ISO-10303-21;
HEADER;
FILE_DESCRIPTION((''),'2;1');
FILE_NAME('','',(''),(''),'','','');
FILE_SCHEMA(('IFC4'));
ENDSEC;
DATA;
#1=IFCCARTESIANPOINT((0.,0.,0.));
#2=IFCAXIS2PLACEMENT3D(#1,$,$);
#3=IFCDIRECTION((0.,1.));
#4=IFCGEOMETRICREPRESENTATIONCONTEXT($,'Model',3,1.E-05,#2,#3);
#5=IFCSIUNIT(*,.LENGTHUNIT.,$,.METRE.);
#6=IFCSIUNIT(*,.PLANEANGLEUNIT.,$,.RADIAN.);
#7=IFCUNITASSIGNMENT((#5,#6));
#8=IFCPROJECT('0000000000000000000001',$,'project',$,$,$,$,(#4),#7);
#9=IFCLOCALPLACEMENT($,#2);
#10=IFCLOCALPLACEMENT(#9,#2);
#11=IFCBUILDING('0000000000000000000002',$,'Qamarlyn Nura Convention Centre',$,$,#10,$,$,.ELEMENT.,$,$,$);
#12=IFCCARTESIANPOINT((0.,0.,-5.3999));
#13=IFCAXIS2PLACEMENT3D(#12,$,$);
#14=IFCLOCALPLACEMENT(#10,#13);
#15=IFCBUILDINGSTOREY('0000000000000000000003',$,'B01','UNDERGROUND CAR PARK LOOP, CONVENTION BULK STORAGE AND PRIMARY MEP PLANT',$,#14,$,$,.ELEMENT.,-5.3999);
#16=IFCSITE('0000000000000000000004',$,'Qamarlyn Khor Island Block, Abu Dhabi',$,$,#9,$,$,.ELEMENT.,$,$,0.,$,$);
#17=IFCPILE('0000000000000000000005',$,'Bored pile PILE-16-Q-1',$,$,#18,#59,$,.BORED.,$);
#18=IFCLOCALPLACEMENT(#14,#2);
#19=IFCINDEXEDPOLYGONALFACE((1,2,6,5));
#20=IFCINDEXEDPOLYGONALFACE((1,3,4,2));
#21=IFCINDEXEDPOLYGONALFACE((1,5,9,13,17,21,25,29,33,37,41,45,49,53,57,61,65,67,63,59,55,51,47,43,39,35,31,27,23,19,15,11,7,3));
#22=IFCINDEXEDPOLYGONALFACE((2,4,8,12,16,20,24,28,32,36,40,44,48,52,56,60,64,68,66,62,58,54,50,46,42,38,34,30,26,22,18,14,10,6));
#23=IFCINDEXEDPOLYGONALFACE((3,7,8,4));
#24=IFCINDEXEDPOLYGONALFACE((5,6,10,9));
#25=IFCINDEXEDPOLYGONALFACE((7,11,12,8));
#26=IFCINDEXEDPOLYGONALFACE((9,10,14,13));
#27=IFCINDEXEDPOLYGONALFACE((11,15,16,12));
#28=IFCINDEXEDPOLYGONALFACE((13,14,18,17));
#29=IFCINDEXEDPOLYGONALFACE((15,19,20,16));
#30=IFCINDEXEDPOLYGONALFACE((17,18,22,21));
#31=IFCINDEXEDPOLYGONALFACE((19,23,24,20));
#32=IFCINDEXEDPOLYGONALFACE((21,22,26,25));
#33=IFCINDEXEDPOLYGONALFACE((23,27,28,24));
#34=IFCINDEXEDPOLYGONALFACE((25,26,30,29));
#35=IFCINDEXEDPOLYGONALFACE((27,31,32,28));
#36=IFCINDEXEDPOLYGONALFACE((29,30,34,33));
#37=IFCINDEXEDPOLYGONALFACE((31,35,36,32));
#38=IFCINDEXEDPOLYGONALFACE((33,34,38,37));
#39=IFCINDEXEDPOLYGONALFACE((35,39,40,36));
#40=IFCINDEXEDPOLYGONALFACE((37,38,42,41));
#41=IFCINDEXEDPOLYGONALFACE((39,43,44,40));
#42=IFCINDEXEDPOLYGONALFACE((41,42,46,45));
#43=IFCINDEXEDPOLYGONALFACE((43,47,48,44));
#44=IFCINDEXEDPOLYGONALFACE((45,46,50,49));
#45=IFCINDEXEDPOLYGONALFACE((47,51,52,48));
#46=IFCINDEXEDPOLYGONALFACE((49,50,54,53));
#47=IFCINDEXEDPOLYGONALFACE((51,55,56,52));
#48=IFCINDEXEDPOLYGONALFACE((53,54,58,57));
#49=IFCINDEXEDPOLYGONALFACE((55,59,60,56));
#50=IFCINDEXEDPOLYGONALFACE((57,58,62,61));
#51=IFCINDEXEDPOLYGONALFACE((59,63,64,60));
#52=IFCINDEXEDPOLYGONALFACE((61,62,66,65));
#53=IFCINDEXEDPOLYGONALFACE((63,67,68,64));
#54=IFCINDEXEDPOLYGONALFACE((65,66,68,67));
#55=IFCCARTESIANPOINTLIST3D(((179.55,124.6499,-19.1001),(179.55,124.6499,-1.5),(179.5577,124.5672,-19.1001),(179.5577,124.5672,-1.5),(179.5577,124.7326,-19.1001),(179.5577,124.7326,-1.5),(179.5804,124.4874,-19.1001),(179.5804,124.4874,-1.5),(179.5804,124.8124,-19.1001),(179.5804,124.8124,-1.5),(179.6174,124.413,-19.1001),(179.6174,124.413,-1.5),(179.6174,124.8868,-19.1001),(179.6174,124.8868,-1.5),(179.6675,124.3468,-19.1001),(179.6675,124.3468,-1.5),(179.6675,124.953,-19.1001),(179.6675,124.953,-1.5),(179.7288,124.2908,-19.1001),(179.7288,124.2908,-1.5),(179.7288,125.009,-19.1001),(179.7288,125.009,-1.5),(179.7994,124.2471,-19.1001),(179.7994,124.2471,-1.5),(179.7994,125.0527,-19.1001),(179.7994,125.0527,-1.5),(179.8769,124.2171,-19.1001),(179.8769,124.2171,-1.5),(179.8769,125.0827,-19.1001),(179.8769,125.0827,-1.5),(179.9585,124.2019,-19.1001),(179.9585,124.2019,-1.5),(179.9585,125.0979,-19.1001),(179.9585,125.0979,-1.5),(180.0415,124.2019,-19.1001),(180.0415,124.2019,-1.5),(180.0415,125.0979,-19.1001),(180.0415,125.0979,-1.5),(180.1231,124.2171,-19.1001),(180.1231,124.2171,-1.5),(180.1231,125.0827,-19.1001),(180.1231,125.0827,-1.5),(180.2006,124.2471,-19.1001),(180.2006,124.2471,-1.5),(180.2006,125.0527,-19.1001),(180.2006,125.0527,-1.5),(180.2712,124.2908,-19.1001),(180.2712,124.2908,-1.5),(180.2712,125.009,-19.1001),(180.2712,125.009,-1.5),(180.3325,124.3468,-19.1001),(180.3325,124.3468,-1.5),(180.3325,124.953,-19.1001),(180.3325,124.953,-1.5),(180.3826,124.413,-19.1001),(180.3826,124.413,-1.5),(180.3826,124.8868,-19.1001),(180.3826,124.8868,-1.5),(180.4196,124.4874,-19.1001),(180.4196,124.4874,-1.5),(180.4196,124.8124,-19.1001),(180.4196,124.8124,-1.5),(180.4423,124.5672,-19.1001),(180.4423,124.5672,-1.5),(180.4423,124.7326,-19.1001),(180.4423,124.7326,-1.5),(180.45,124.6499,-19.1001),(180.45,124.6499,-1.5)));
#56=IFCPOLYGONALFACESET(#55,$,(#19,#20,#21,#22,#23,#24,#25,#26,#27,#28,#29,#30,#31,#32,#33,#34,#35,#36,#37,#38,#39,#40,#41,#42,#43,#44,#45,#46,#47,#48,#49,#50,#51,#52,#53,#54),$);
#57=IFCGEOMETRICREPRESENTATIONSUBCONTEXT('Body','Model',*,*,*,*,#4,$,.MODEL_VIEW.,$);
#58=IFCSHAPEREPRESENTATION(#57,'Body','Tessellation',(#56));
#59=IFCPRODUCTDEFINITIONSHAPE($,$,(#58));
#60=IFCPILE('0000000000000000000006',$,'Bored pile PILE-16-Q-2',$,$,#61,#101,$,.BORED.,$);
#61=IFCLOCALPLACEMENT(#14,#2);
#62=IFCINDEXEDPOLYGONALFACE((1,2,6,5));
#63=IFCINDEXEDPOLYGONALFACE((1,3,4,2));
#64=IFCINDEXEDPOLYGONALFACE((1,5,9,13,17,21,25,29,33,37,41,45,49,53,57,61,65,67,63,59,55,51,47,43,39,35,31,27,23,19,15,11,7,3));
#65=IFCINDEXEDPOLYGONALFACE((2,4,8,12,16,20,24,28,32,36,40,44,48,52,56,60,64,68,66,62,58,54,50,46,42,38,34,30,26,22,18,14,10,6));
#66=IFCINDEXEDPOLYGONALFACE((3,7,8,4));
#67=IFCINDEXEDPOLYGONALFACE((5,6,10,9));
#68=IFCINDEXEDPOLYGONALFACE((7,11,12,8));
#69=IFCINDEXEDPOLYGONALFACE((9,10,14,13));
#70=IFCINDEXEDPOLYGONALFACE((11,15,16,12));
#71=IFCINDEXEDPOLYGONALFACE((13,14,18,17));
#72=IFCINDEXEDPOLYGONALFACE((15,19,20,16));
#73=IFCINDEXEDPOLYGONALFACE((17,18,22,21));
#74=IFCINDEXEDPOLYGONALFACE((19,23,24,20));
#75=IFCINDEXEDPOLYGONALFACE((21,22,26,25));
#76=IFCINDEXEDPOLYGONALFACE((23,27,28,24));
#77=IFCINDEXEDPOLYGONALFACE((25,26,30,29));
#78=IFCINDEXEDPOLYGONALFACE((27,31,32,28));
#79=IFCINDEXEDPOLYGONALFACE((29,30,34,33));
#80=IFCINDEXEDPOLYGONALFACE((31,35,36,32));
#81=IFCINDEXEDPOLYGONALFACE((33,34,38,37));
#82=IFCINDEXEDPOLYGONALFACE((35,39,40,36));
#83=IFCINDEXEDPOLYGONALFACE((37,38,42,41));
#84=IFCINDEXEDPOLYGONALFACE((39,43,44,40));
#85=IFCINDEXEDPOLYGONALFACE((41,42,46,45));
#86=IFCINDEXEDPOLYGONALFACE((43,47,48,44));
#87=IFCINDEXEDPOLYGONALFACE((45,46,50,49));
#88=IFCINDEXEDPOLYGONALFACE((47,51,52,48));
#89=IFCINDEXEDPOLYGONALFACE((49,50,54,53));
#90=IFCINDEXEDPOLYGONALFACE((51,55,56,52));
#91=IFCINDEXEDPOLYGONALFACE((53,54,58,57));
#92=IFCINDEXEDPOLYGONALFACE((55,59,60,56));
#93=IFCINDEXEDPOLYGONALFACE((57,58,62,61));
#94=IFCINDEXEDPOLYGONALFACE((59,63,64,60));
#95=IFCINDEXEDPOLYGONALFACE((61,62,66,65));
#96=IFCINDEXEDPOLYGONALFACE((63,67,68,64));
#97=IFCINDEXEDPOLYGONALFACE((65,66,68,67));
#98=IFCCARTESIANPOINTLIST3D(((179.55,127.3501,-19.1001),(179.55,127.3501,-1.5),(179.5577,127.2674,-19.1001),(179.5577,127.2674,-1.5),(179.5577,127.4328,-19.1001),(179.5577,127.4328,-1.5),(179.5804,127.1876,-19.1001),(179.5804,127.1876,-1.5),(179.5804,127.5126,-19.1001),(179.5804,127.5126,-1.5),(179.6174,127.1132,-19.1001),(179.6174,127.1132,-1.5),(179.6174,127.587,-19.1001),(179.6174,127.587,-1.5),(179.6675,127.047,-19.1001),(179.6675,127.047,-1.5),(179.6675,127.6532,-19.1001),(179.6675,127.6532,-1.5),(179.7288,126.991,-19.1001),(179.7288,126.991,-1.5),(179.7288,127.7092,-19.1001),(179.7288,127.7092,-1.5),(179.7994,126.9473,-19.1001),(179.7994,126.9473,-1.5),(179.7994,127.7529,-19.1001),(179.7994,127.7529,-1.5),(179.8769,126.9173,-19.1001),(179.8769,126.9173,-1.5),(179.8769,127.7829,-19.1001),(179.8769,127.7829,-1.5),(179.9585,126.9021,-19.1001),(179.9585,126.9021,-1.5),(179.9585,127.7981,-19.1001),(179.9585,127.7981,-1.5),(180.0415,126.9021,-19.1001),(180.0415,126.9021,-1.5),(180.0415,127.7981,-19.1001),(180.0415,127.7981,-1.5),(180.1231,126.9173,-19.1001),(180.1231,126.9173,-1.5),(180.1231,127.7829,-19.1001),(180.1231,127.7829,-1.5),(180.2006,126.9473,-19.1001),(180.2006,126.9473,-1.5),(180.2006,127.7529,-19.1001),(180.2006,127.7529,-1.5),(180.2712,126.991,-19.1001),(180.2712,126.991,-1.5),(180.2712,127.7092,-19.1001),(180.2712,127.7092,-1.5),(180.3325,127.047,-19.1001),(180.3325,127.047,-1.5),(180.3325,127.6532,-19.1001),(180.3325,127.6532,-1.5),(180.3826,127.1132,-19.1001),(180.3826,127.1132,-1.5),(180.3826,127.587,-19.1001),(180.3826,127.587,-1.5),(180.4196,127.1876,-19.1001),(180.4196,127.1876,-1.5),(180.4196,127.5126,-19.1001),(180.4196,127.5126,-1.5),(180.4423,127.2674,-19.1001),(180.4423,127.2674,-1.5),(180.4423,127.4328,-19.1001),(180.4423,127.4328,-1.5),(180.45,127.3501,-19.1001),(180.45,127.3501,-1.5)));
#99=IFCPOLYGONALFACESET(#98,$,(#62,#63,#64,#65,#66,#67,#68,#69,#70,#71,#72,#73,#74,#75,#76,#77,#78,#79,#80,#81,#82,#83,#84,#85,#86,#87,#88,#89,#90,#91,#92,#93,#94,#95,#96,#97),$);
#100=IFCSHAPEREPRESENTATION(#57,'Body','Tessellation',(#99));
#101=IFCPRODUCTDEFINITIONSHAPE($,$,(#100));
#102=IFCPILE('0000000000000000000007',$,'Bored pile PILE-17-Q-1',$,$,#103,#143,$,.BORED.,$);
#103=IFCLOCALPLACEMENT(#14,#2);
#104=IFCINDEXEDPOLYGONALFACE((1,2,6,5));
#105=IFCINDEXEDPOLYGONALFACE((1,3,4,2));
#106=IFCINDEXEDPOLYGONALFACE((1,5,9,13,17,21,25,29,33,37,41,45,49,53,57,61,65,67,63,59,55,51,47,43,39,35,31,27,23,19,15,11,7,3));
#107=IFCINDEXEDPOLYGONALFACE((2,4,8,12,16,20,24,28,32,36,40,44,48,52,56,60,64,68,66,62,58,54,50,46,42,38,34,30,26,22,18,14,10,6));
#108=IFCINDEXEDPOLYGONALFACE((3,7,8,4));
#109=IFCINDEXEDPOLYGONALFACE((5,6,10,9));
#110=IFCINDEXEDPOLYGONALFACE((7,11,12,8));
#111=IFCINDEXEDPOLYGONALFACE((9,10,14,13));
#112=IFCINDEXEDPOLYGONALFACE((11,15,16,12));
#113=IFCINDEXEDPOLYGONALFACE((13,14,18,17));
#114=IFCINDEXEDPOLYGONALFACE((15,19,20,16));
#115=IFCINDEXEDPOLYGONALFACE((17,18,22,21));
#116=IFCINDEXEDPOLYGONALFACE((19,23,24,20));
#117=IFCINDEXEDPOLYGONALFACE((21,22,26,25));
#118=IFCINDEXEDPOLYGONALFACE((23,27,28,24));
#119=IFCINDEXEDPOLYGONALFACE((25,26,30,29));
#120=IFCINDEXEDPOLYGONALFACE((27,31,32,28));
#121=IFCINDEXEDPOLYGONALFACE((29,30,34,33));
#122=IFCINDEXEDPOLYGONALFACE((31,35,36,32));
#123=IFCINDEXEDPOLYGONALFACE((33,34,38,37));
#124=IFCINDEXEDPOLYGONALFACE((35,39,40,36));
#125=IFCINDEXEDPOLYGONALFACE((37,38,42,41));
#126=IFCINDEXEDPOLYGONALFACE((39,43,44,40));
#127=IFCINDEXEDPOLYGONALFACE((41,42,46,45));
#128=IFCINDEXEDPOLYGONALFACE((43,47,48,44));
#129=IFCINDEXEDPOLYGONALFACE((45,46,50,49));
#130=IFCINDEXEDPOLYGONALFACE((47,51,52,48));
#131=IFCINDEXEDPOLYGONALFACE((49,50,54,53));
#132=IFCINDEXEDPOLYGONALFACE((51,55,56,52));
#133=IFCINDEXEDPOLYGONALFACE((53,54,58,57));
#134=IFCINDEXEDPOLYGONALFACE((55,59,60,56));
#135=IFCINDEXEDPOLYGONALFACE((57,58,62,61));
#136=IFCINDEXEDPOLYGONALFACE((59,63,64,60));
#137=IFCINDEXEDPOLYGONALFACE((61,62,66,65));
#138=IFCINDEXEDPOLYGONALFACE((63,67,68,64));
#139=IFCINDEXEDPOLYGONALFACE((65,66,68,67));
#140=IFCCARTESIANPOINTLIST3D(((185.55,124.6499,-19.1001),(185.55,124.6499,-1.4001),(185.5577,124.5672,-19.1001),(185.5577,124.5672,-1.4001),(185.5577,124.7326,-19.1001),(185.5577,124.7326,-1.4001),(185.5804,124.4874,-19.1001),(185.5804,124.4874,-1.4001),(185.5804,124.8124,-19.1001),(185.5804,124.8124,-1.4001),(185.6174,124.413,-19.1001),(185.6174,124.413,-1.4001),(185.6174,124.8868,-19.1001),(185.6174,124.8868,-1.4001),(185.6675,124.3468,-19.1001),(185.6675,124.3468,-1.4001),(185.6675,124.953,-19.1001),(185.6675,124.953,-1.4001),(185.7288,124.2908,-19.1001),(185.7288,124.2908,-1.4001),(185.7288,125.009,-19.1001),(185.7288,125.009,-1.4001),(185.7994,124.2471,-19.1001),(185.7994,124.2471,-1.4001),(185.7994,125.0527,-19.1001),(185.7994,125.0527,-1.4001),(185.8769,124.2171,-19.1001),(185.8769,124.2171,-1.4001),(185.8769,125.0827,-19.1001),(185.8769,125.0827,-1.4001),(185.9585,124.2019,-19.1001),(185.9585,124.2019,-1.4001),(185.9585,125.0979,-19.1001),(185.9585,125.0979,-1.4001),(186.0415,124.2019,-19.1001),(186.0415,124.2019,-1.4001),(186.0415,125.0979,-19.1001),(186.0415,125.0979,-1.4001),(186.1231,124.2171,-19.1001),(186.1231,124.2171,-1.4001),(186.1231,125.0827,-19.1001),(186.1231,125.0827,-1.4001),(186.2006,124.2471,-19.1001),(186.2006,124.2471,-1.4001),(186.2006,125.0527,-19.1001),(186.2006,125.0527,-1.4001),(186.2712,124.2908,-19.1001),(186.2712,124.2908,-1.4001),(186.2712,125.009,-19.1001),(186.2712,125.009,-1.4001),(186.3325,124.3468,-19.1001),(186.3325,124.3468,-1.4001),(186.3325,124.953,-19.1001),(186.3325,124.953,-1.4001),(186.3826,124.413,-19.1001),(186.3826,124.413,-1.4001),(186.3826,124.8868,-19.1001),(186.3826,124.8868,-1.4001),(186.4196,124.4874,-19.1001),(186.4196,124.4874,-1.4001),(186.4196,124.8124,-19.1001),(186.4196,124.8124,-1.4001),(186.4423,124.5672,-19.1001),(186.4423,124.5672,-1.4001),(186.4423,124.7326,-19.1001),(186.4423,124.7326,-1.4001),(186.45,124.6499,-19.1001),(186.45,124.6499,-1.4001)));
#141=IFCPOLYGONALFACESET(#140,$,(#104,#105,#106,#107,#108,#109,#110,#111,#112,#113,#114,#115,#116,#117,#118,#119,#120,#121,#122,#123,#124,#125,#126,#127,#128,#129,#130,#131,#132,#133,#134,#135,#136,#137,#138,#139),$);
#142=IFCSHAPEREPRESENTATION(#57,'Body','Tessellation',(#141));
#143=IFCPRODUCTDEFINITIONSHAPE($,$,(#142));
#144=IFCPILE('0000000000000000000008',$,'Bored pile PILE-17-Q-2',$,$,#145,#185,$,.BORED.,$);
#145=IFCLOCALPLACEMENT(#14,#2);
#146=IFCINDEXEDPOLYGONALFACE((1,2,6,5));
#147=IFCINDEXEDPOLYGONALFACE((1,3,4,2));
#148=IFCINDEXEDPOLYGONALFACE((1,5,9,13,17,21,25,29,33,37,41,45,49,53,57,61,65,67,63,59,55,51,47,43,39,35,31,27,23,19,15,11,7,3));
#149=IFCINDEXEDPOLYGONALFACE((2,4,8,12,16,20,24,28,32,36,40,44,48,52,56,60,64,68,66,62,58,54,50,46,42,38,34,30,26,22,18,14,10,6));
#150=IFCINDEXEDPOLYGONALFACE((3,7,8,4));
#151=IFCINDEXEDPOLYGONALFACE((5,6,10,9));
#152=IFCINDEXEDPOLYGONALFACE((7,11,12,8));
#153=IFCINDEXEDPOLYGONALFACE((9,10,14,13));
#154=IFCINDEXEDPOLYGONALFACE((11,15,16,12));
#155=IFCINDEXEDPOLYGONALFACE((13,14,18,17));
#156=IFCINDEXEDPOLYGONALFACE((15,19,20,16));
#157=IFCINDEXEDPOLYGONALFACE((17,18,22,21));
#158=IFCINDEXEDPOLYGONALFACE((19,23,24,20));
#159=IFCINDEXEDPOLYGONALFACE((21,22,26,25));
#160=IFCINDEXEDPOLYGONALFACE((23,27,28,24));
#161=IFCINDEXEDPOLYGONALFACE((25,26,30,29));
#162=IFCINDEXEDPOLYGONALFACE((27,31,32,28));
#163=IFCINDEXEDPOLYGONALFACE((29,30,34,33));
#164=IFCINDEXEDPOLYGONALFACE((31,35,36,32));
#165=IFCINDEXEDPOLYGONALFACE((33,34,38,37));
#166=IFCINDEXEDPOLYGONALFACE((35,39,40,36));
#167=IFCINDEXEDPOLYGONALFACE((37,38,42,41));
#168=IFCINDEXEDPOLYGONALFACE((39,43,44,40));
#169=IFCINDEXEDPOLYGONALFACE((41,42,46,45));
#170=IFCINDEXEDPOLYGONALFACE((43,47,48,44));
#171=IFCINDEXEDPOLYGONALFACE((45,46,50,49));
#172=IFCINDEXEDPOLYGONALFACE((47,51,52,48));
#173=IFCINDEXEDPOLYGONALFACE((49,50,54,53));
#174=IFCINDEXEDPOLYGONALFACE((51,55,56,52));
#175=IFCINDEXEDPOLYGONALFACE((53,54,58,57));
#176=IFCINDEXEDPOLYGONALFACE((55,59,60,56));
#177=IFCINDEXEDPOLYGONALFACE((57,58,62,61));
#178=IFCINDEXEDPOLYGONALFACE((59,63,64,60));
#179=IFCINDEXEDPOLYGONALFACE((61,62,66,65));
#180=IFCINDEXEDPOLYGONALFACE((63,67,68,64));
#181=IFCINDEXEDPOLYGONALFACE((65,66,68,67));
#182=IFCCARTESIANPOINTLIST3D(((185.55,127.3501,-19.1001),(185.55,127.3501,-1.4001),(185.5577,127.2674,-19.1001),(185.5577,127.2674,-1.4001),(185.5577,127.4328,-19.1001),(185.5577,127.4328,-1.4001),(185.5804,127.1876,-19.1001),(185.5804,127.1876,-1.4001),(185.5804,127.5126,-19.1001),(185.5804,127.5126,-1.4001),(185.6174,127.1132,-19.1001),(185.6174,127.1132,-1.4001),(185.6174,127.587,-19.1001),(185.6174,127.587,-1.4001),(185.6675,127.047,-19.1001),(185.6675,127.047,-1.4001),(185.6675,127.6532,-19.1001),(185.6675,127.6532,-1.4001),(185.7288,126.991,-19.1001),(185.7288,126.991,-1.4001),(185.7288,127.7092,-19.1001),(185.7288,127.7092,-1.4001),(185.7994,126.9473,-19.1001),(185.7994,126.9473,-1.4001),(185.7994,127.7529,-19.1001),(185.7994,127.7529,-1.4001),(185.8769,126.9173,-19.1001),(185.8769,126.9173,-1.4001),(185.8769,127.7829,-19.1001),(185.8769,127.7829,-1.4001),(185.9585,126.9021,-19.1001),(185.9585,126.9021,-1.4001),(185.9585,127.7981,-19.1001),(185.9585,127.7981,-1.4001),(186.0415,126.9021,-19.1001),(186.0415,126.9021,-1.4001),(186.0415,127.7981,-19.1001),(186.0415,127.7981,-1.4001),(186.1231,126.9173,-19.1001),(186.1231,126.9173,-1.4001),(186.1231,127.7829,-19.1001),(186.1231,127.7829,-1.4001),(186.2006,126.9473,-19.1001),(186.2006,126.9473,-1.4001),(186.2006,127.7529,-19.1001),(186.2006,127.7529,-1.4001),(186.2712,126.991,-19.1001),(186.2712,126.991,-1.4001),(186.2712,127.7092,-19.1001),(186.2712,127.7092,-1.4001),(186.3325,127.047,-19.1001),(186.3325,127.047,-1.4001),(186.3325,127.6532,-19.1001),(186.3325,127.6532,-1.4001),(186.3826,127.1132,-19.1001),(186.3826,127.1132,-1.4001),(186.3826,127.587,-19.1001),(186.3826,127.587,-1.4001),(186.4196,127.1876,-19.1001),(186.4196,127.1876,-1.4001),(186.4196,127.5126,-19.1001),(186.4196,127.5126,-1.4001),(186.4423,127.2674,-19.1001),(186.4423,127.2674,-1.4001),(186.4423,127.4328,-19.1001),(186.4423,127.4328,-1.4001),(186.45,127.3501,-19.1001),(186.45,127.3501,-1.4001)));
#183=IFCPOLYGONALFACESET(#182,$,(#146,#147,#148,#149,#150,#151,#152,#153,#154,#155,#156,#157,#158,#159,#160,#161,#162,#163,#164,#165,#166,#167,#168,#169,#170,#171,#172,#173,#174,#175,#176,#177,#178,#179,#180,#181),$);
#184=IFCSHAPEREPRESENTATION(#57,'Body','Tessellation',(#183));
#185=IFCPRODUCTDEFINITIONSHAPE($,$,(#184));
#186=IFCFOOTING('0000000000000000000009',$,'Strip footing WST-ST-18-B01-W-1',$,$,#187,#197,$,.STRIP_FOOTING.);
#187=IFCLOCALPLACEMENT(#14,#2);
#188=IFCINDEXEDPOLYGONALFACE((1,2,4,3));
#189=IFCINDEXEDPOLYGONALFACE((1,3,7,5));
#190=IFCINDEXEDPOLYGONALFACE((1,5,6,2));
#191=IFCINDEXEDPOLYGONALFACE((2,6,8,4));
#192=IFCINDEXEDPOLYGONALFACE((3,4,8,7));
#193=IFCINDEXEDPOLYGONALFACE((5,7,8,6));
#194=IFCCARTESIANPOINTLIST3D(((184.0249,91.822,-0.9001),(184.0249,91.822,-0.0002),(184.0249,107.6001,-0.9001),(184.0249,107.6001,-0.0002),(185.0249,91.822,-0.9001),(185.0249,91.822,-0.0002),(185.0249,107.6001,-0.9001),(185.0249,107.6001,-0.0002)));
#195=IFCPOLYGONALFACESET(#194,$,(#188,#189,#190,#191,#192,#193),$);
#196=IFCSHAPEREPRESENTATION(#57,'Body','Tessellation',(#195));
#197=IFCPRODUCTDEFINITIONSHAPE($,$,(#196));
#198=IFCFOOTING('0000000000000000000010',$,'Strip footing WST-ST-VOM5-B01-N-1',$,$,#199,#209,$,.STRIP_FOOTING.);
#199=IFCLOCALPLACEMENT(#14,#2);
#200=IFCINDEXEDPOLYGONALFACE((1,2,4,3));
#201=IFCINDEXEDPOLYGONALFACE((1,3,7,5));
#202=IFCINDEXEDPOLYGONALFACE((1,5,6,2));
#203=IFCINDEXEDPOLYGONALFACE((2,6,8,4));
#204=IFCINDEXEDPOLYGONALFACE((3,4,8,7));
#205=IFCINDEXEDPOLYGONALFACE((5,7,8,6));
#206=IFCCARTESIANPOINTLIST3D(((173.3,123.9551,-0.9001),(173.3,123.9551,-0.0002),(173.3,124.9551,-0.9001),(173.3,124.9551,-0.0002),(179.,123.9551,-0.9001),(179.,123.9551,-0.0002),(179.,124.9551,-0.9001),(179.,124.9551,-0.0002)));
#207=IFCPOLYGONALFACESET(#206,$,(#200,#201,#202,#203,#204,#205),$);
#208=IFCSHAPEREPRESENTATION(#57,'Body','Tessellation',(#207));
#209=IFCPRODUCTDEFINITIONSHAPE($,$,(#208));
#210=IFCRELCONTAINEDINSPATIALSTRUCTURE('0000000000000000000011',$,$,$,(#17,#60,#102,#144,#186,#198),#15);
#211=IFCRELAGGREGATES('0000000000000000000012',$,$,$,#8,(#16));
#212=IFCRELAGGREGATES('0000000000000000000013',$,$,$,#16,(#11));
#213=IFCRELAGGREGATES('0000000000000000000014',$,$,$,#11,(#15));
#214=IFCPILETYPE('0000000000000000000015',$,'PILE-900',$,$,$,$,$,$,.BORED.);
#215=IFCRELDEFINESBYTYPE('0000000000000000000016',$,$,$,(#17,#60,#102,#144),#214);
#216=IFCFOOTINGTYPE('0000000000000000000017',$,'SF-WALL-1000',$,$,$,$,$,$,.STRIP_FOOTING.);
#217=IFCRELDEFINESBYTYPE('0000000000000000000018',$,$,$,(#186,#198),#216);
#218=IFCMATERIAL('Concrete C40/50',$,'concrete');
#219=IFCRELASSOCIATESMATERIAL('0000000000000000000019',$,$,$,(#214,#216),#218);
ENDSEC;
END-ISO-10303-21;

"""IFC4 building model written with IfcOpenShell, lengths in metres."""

from ifc_helpers import new_model, si_unit, direction, frame, origin, origin_2d, place, context, subcontext, project, spatial, rectangle, circle, extrude, material, material_profile, profile_set, type_object, element, save


model = new_model("IFC4")

# Units and contexts
model_context = context("Model", 3, precision=1e-05, world=origin(), true_north=direction((0.0, 1.0)))
body_context = subcontext(model_context, "Body", "Model", "MODEL_VIEW")
ifc_project = project(units=[si_unit("LENGTHUNIT", "METRE"), si_unit("PLANEANGLEUNIT", "RADIAN")], contexts=[model_context])

# Site, building, storey
site_placement = place(None, origin())
site = spatial("IfcSite", under=ifc_project, at=site_placement, Name="Qamarlyn Khor Island Block, Abu Dhabi", CompositionType="ELEMENT", RefElevation=0.0)
building_placement = place(site_placement, origin())
building = spatial("IfcBuilding", under=site, at=building_placement, Name="Qamarlyn Nura Convention Centre", CompositionType="ELEMENT")
storey_placement = place(building_placement, frame((0.0, 0.0, -5.3999)))
storey = spatial("IfcBuildingStorey", under=building, at=storey_placement, Name="B01", Description="UNDERGROUND CAR PARK LOOP, CONVENTION BULK STORAGE AND PRIMARY MEP PLANT", CompositionType="ELEMENT", Elevation=-5.3999)

# Shared definitions
ifc_material_1 = material(Name="Concrete C40/50", Category="concrete")

# Piles
ifc_material_profile_1 = material_profile(ifc_material_1, circle(Radius=0.45, at=origin_2d()), Name="BORED PILE 900")
ifc_profile_set_1 = profile_set([ifc_material_profile_1], Name="Concrete C40/50")
pile_type = type_object("IfcPileType", Name="PILE-900", PredefinedType="BORED", material=ifc_profile_set_1)
for number, where, z_axis, x_axis, name in (
    (1, (180.0, 124.6499, -1.5), (0.0, 0.0, -1.0), (1.0, 0.0, 0.0), "Bored pile PILE-16-Q-1"),
    (2, (180.0, 127.3501, -1.5), (0.0, 0.0, -1.0), (1.0, 0.0, 0.0), "Bored pile PILE-16-Q-2"),
):
    element("IfcPile", number, at=place(storey_placement, frame(where, z_axis=z_axis, x_axis=x_axis)), inside=storey, type_object=pile_type, Name=name, PredefinedType="BORED", context=body_context, shape_type="SweptSolid", body=[
        extrude(circle(Radius=0.45, at=origin_2d()), origin(), (0.0, 0.0, 1.0), 17.6001),
    ])
for number, where, z_axis, x_axis, name in (
    (3, (186.0, 124.6499, -1.4001), (0.0, 0.0, -1.0), (1.0, 0.0, 0.0), "Bored pile PILE-17-Q-1"),
    (4, (186.0, 127.3501, -1.4001), (0.0, 0.0, -1.0), (1.0, 0.0, 0.0), "Bored pile PILE-17-Q-2"),
):
    element("IfcPile", number, at=place(storey_placement, frame(where, z_axis=z_axis, x_axis=x_axis)), inside=storey, type_object=pile_type, Name=name, PredefinedType="BORED", context=body_context, shape_type="SweptSolid", body=[
        extrude(circle(Radius=0.45, at=origin_2d()), origin(), (0.0, 0.0, 1.0), 17.7),
    ])

# Footings
ifc_material_profile_2 = material_profile(ifc_material_1, rectangle(XDim=1.0, YDim=0.8999, at=origin_2d()), Name="RC STRIP 1000x900")
ifc_profile_set_2 = profile_set([ifc_material_profile_2], Name="Concrete C40/50")
footing_type_1 = type_object("IfcFootingType", Name="SF-WALL-1000", PredefinedType="STRIP_FOOTING", material=ifc_profile_set_2)
footing_1_placement = place(storey_placement, frame((184.5249, 107.6001, -0.4502), z_axis=(0.0, -1.0, 0.0), x_axis=(1.0, 0.0, 0.0)))
element("IfcFooting", 5, at=footing_1_placement, inside=storey, type_object=footing_type_1, Name="Strip footing WST-ST-18-B01-W-1", PredefinedType="STRIP_FOOTING", context=body_context, shape_type="SweptSolid", body=[
    extrude(rectangle(XDim=1.0, YDim=0.8999, at=origin_2d()), origin(), (0.0, 0.0, 1.0), 15.7781),
])
footing_2_placement = place(storey_placement, frame((179.0, 124.4551, -0.4502), z_axis=(-1.0, 0.0, 0.0), x_axis=(0.0, -1.0, 0.0)))
element("IfcFooting", 6, at=footing_2_placement, inside=storey, type_object=footing_type_1, Name="Strip footing WST-ST-VOM5-B01-N-1", PredefinedType="STRIP_FOOTING", context=body_context, shape_type="SweptSolid", body=[
    extrude(rectangle(XDim=1.0, YDim=0.8999, at=origin_2d()), origin(), (0.0, 0.0, 1.0), 5.7),
])

save(model, "model.ifc")
